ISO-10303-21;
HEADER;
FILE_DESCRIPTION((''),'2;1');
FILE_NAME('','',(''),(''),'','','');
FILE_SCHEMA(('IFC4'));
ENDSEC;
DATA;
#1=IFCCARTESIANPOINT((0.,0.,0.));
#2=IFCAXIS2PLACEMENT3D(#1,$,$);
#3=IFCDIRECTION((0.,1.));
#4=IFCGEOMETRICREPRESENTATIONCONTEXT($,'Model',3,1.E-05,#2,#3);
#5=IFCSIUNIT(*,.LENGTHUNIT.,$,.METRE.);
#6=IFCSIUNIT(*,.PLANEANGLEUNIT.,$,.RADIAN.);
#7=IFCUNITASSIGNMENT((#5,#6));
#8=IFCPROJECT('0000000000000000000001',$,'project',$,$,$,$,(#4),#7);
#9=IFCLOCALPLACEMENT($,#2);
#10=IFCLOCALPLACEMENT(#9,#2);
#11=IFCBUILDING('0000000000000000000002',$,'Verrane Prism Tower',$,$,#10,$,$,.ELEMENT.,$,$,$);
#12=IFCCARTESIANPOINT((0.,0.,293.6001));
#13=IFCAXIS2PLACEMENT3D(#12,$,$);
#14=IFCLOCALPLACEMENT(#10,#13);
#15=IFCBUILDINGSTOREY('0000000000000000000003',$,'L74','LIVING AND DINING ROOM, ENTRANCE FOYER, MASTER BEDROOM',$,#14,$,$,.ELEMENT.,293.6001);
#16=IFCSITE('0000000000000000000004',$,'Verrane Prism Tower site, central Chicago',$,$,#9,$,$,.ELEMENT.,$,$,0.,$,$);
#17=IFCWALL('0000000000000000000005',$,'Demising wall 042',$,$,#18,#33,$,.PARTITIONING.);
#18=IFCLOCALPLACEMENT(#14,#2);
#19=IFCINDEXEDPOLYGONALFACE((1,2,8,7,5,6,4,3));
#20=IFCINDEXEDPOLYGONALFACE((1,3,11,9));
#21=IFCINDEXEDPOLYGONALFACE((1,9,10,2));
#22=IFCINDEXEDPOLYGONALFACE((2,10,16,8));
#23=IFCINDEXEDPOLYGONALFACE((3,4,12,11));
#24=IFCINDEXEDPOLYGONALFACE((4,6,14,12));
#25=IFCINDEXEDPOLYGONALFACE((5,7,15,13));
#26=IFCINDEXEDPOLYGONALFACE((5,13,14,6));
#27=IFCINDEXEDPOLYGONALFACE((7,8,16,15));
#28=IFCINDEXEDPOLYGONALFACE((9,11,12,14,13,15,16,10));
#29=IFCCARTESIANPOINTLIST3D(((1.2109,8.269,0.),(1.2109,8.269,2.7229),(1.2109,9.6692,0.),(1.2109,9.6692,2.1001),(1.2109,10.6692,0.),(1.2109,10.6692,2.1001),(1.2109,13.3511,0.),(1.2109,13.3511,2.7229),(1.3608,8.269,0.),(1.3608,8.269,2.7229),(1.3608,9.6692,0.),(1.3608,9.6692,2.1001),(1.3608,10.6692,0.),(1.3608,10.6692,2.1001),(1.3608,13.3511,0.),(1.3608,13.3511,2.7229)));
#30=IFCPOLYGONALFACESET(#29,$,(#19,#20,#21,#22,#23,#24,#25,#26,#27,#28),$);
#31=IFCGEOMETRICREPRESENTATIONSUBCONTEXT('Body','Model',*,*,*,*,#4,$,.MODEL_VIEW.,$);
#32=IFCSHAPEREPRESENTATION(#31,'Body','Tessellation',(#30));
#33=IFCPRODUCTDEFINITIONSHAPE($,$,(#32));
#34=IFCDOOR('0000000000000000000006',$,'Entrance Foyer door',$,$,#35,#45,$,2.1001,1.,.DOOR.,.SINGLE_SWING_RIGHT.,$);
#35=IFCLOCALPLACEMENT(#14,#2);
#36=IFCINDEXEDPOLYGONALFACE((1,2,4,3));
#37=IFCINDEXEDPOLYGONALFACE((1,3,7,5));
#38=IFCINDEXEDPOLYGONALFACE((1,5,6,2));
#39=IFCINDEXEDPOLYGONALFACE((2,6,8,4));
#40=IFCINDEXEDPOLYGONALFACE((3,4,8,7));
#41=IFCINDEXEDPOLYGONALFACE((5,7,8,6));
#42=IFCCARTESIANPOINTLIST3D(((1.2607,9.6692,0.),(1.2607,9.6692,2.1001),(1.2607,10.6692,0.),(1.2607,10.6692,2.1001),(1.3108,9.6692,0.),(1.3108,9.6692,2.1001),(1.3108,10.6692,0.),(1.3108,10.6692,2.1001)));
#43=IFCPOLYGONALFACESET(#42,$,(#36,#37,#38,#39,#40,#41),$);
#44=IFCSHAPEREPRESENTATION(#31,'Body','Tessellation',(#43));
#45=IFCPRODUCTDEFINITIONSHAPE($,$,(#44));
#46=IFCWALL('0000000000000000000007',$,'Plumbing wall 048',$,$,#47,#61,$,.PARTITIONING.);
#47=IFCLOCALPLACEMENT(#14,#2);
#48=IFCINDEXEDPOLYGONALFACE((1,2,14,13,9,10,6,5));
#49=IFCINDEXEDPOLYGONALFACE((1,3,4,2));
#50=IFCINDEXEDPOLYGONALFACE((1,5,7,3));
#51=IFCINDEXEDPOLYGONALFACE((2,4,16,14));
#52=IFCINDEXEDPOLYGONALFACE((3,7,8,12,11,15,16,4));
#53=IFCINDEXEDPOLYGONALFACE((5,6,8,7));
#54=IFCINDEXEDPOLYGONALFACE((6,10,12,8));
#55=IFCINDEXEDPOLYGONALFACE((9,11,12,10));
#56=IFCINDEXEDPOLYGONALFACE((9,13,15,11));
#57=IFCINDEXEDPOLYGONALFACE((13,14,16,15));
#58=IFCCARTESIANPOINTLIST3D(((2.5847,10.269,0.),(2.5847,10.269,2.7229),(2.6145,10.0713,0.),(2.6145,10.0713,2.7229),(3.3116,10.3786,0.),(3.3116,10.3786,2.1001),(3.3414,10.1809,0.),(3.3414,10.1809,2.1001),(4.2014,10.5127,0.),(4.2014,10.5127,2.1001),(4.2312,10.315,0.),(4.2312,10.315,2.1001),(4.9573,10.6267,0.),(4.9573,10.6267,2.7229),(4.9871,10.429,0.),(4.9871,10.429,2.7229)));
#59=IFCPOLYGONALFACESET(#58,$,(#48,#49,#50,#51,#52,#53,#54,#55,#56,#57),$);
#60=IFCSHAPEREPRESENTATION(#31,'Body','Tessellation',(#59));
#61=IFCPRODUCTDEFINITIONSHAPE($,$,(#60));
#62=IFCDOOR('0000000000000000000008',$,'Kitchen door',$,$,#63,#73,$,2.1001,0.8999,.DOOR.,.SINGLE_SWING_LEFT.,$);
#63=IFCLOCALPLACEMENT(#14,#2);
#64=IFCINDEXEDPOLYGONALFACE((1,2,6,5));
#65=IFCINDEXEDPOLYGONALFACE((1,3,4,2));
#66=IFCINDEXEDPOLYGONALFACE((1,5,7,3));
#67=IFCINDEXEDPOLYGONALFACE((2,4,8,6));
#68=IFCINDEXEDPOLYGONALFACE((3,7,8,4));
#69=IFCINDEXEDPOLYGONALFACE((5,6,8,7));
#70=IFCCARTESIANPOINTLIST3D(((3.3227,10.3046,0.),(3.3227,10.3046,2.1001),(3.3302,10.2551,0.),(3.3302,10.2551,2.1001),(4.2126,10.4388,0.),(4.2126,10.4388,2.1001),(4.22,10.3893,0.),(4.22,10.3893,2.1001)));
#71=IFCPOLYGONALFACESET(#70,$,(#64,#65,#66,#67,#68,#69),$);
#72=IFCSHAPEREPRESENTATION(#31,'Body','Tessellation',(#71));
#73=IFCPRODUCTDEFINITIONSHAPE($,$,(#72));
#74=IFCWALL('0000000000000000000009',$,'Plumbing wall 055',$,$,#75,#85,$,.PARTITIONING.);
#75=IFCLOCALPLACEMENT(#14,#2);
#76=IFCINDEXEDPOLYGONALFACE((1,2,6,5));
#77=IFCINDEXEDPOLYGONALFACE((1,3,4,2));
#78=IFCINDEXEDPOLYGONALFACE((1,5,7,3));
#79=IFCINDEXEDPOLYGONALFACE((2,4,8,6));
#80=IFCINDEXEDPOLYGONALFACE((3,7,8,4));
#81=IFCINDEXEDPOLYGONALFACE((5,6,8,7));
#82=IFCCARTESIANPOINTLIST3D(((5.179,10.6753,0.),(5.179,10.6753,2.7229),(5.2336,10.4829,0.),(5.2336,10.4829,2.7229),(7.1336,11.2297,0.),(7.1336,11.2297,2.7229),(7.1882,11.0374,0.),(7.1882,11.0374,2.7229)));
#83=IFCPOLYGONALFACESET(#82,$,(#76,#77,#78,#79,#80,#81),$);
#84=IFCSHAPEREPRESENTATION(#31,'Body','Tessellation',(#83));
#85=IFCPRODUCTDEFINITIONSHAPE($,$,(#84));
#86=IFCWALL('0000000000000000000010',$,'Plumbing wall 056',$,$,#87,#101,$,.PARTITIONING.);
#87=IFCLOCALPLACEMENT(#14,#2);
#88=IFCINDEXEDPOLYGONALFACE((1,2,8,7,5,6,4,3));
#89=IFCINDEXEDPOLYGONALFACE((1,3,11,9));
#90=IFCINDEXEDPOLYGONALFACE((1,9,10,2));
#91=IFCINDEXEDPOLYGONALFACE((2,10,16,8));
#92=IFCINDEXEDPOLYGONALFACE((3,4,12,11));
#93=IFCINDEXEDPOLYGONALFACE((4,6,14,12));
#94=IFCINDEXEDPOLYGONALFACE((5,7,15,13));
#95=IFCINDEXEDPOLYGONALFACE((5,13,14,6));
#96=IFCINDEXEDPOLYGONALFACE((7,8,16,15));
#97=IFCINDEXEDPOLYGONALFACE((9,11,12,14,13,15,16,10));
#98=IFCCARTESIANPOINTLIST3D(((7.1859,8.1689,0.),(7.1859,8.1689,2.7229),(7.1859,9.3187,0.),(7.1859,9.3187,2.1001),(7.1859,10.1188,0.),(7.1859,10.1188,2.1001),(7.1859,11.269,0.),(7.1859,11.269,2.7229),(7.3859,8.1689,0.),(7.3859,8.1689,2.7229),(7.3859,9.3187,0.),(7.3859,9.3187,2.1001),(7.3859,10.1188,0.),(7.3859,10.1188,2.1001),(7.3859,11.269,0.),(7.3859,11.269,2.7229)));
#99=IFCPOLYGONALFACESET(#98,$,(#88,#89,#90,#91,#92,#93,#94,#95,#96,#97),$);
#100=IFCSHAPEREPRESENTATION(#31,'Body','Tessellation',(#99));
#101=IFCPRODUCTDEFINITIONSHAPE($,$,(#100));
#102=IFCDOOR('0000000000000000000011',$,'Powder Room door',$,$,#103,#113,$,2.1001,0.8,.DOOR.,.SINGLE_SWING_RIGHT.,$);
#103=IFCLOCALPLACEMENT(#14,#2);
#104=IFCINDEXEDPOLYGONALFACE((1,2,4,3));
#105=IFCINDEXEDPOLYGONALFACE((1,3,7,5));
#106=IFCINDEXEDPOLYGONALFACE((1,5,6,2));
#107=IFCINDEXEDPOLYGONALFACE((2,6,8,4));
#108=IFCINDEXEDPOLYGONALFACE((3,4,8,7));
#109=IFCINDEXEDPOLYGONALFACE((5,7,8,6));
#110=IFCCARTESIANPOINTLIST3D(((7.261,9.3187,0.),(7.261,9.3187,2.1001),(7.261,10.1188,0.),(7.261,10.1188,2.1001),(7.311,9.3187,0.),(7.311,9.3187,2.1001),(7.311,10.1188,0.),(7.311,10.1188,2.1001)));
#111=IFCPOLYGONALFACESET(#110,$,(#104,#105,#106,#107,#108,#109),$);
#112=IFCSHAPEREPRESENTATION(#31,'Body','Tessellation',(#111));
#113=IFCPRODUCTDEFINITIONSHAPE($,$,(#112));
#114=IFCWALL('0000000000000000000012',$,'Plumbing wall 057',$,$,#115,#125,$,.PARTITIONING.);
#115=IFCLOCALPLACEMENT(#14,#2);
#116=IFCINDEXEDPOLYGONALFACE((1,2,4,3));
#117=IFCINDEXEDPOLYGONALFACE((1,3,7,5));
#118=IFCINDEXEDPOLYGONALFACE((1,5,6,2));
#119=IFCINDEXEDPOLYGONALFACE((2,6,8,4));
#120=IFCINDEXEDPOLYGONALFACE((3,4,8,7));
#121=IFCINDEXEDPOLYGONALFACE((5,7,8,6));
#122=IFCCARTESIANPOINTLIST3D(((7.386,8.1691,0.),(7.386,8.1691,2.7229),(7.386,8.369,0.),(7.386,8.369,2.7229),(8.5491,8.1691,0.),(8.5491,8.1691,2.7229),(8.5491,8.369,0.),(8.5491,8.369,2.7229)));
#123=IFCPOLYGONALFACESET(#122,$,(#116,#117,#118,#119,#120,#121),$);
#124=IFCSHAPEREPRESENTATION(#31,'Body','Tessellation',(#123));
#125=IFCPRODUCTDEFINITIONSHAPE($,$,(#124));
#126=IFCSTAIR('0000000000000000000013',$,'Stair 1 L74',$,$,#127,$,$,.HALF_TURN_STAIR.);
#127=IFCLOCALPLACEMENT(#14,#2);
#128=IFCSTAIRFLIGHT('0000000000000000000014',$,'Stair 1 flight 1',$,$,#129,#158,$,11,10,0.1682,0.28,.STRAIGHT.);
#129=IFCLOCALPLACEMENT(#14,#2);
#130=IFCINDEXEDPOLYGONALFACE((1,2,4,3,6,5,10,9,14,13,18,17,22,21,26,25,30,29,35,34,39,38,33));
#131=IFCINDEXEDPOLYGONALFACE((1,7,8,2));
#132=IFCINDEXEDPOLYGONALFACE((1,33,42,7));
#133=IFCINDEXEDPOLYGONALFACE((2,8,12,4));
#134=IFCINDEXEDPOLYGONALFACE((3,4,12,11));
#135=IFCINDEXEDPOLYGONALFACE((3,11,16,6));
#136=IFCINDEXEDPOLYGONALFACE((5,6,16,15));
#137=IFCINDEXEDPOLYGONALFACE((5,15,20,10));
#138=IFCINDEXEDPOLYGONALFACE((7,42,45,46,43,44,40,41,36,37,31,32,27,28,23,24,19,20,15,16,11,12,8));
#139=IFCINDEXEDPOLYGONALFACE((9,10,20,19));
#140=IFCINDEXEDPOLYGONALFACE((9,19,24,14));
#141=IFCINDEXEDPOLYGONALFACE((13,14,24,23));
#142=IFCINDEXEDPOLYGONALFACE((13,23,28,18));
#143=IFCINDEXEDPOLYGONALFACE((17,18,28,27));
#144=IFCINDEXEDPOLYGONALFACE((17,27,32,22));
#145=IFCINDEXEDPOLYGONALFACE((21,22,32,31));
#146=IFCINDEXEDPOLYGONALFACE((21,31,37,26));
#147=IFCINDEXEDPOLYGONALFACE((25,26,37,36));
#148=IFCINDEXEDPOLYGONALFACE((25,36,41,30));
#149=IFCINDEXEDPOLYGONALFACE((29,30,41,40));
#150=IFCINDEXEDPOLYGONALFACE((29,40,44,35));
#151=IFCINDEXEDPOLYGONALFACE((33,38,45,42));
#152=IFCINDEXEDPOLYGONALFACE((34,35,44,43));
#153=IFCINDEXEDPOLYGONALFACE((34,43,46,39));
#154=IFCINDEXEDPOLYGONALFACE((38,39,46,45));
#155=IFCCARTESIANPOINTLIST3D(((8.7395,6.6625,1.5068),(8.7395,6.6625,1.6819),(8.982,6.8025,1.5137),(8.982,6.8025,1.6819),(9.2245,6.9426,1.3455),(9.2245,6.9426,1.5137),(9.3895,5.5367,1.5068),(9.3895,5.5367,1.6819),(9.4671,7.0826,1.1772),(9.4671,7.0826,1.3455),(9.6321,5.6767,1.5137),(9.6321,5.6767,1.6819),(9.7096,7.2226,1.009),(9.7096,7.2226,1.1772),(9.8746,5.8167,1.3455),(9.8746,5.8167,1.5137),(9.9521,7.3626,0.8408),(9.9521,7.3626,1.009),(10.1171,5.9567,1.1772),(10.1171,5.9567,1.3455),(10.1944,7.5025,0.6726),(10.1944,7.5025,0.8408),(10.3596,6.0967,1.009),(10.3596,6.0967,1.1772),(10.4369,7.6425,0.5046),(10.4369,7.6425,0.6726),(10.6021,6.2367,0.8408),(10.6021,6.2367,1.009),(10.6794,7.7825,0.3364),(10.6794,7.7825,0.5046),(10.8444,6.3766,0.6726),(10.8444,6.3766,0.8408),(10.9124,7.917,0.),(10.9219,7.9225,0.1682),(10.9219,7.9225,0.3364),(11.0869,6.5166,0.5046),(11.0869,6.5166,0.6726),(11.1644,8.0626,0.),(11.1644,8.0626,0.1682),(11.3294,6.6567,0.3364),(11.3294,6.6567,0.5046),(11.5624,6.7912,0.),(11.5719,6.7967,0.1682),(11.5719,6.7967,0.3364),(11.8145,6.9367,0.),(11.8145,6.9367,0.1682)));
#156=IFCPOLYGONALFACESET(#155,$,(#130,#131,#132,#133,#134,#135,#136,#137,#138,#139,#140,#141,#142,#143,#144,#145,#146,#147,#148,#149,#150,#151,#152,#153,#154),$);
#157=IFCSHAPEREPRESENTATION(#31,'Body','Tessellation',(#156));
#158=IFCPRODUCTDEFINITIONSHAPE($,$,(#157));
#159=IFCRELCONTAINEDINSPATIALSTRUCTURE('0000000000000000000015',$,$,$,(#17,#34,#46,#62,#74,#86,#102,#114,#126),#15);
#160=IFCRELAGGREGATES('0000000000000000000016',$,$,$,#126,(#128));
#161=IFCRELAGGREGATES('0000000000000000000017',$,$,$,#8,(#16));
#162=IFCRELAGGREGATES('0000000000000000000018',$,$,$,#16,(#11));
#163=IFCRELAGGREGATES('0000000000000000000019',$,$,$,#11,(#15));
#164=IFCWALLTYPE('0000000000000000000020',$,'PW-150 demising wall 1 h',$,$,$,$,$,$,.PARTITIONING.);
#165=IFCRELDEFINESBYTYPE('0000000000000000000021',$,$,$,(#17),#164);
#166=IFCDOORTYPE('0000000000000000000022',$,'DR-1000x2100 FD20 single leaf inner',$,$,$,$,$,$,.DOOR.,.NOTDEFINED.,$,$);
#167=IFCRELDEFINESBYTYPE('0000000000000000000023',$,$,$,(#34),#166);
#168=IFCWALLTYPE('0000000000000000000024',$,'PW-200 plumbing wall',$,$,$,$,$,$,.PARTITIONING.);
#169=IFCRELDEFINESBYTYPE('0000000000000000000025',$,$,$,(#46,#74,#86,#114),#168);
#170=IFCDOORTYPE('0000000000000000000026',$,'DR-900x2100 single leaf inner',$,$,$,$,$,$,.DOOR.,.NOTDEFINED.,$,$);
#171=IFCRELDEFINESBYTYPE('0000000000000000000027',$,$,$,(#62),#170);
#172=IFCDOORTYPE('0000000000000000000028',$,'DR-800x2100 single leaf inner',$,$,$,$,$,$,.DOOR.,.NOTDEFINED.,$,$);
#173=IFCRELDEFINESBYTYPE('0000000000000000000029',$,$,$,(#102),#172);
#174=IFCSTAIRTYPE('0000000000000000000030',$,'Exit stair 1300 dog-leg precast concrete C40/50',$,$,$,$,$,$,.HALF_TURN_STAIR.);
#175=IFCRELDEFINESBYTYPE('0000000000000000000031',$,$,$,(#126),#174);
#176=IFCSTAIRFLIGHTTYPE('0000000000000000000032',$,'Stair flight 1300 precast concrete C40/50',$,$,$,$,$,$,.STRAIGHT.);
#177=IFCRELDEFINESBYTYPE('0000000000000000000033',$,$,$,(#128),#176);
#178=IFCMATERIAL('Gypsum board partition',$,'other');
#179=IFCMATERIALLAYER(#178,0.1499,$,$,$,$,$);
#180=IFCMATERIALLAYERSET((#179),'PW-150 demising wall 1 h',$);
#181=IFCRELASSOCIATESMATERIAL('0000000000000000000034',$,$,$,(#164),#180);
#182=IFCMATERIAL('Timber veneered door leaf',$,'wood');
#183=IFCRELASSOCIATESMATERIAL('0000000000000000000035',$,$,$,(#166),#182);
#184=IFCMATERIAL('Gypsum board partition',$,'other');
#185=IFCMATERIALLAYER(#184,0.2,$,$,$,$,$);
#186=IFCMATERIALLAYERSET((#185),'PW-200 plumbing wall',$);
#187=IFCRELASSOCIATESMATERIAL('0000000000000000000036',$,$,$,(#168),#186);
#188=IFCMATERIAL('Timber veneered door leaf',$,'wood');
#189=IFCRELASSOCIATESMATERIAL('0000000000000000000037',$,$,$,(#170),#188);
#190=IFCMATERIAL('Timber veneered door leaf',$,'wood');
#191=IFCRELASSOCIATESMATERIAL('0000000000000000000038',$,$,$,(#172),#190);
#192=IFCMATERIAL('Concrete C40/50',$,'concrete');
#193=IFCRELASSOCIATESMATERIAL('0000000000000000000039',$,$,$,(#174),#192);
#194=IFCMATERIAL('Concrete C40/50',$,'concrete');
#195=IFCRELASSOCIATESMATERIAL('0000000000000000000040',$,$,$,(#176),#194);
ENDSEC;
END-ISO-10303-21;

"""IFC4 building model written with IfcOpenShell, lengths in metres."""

from ifc_helpers import new_model, si_unit, direction, frame, frame_2d, origin, place, context, subcontext, project, spatial, polyline, rectangle, outline, extrude, material, layer, layer_set, type_object, element, fill, aggregate, save


model = new_model("IFC4")

# Units and contexts
model_context = context("Model", 3, precision=1e-05, world=origin(), true_north=direction((0.0, 1.0)))
body_context = subcontext(model_context, "Body", "Model", "MODEL_VIEW")
ifc_project = project(units=[si_unit("LENGTHUNIT", "METRE"), si_unit("PLANEANGLEUNIT", "RADIAN")], contexts=[model_context])

# Site, building, storey
site_placement = place(None, origin())
site = spatial("IfcSite", under=ifc_project, at=site_placement, Name="Verrane Prism Tower site, central Chicago", CompositionType="ELEMENT", RefElevation=0.0)
building_placement = place(site_placement, origin())
building = spatial("IfcBuilding", under=site, at=building_placement, Name="Verrane Prism Tower", CompositionType="ELEMENT")
storey_placement = place(building_placement, frame((0.0, 0.0, 293.6001)))
storey = spatial("IfcBuildingStorey", under=building, at=storey_placement, Name="L74", Description="LIVING AND DINING ROOM, ENTRANCE FOYER, MASTER BEDROOM", CompositionType="ELEMENT", Elevation=293.6001)

# Walls, openings, doors
ifc_material_1 = material(Name="Gypsum board partition", Category="other")
ifc_layer_1 = layer(ifc_material_1, 0.1499)
ifc_layer_set_1 = layer_set([ifc_layer_1], Name="PW-150 demising wall 1 h")
wall_type_1 = type_object("IfcWallType", Name="PW-150 demising wall 1 h", PredefinedType="PARTITIONING", material=ifc_layer_set_1)
wall_1_placement = place(storey_placement, frame((1.2859, 13.3511, 0.0), z_axis=(0.0, 0.0, 1.0), x_axis=(0.0, -1.0, 0.0)))
wall_1 = element("IfcWall", 1, at=wall_1_placement, inside=storey, type_object=wall_type_1, Name="Demising wall 042", PredefinedType="PARTITIONING", context=body_context, shape_type="SweptSolid", body=[
    extrude(rectangle(XDim=5.082, YDim=0.1499, at=frame_2d((2.541, 0.0))), origin(), (0.0, 0.0, 1.0), 2.7229),
])
opening_1_placement = place(wall_1_placement, frame((2.6819, 0.0, 0.0)))
opening_1 = element("IfcOpeningElement", 2, at=opening_1_placement, cuts=wall_1, PredefinedType="OPENING", context=body_context, shape_type="SweptSolid", body=[
    extrude(rectangle(XDim=1.0, YDim=2.1001, at=frame_2d((0.5, 1.05))), frame((0.0, 0.085, 0.0), z_axis=(0.0, -1.0, 0.0), x_axis=(1.0, 0.0, 0.0)), (0.0, 0.0, 1.0), 0.1699),
])
ifc_material_2 = material(Name="Timber veneered door leaf", Category="wood")
door_type_1 = type_object("IfcDoorType", Name="DR-1000x2100 FD20 single leaf inner", OperationType="NOTDEFINED", PredefinedType="DOOR", material=ifc_material_2)
door_1_placement = place(opening_1_placement, origin())
door_1 = element("IfcDoor", 3, at=door_1_placement, inside=storey, type_object=door_type_1, Name="Entrance Foyer door", OperationType="SINGLE_SWING_RIGHT", OverallHeight=2.1001, OverallWidth=1.0, PredefinedType="DOOR", context=body_context, shape_type="SweptSolid", body=[
    extrude(rectangle(XDim=1.0, YDim=2.1001, at=frame_2d((0.5, 1.05))), frame((0.0, 0.0249, 0.0), z_axis=(0.0, -1.0, 0.0), x_axis=(1.0, 0.0, 0.0)), (0.0, 0.0, 1.0), 0.05),
])
fill(opening_1, door_1)
ifc_material_3 = material(Name="Gypsum board partition", Category="other")
ifc_layer_2 = layer(ifc_material_3, 0.2)
ifc_layer_set_2 = layer_set([ifc_layer_2], Name="PW-200 plumbing wall")
wall_type_2 = type_object("IfcWallType", Name="PW-200 plumbing wall", PredefinedType="PARTITIONING", material=ifc_layer_set_2)
wall_2_placement = place(storey_placement, frame((4.9722, 10.5278, 0.0), z_axis=(0.0, 0.0, 1.0), x_axis=(-0.988827, -0.149067, 0.0)))
wall_2 = element("IfcWall", 4, at=wall_2_placement, inside=storey, type_object=wall_type_2, Name="Plumbing wall 048", PredefinedType="PARTITIONING", context=body_context, shape_type="SweptSolid", body=[
    extrude(rectangle(XDim=2.3994, YDim=0.2, at=frame_2d((1.1997, 0.0))), origin(), (0.0, 0.0, 1.0), 2.7229),
])
opening_2_placement = place(wall_2_placement, frame((0.7644, 0.0, 0.0)))
opening_2 = element("IfcOpeningElement", 5, at=opening_2_placement, cuts=wall_2, PredefinedType="OPENING", context=body_context, shape_type="SweptSolid", body=[
    extrude(rectangle(XDim=0.8999, YDim=2.1001, at=frame_2d((0.45, 1.05))), frame((0.0, 0.1099, 0.0), z_axis=(0.0, -1.0, 0.0), x_axis=(1.0, 0.0, 0.0)), (0.0, 0.0, 1.0), 0.22),
])
ifc_material_4 = material(Name="Timber veneered door leaf", Category="wood")
door_type_2 = type_object("IfcDoorType", Name="DR-900x2100 single leaf inner", OperationType="NOTDEFINED", PredefinedType="DOOR", material=ifc_material_4)
door_2_placement = place(opening_2_placement, origin())
door_2 = element("IfcDoor", 6, at=door_2_placement, inside=storey, type_object=door_type_2, Name="Kitchen door", OperationType="SINGLE_SWING_LEFT", OverallHeight=2.1001, OverallWidth=0.8999, PredefinedType="DOOR", context=body_context, shape_type="SweptSolid", body=[
    extrude(rectangle(XDim=0.8999, YDim=2.1001, at=frame_2d((0.45, 1.05))), frame((0.0, 0.0249, 0.0), z_axis=(0.0, -1.0, 0.0), x_axis=(1.0, 0.0, 0.0)), (0.0, 0.0, 1.0), 0.05),
])
fill(opening_2, door_2)

# Wall
wall_3_placement = place(storey_placement, frame((5.2063, 10.5791, 0.0), z_axis=(0.0, 0.0, 1.0), x_axis=(0.962044, 0.272895, 0.0)))
element("IfcWall", 7, at=wall_3_placement, inside=storey, type_object=wall_type_2, Name="Plumbing wall 055", PredefinedType="PARTITIONING", context=body_context, shape_type="SweptSolid", body=[
    extrude(rectangle(XDim=2.0317, YDim=0.2, at=frame_2d((1.0159, 0.0))), origin(), (0.0, 0.0, 1.0), 2.7229),
])

# Wall, opening, door
wall_4_placement = place(storey_placement, frame((7.2859, 8.1689, 0.0), z_axis=(0.0, 0.0, 1.0), x_axis=(0.0, 1.0, 0.0)))
wall_4 = element("IfcWall", 8, at=wall_4_placement, inside=storey, type_object=wall_type_2, Name="Plumbing wall 056", PredefinedType="PARTITIONING", context=body_context, shape_type="SweptSolid", body=[
    extrude(rectangle(XDim=3.1001, YDim=0.2, at=frame_2d((1.55, 0.0))), origin(), (0.0, 0.0, 1.0), 2.7229),
])
opening_3_placement = place(wall_4_placement, frame((1.1499, 0.0, 0.0)))
opening_3 = element("IfcOpeningElement", 9, at=opening_3_placement, cuts=wall_4, PredefinedType="OPENING", context=body_context, shape_type="SweptSolid", body=[
    extrude(rectangle(XDim=0.8, YDim=2.1001, at=frame_2d((0.3999, 1.05))), frame((0.0, 0.1099, 0.0), z_axis=(0.0, -1.0, 0.0), x_axis=(1.0, 0.0, 0.0)), (0.0, 0.0, 1.0), 0.22),
])
ifc_material_5 = material(Name="Timber veneered door leaf", Category="wood")
door_type_3 = type_object("IfcDoorType", Name="DR-800x2100 single leaf inner", OperationType="NOTDEFINED", PredefinedType="DOOR", material=ifc_material_5)
door_3_placement = place(opening_3_placement, origin())
door_3 = element("IfcDoor", 10, at=door_3_placement, inside=storey, type_object=door_type_3, Name="Powder Room door", OperationType="SINGLE_SWING_RIGHT", OverallHeight=2.1001, OverallWidth=0.8, PredefinedType="DOOR", context=body_context, shape_type="SweptSolid", body=[
    extrude(rectangle(XDim=0.8, YDim=2.1001, at=frame_2d((0.3999, 1.05))), frame((0.0, 0.0249, 0.0), z_axis=(0.0, -1.0, 0.0), x_axis=(1.0, 0.0, 0.0)), (0.0, 0.0, 1.0), 0.05),
])
fill(opening_3, door_3)

# Wall
wall_5_placement = place(storey_placement, frame((7.386, 8.269, 0.0), z_axis=(0.0, 0.0, 1.0), x_axis=(1.0, 0.0, 0.0)))
element("IfcWall", 11, at=wall_5_placement, inside=storey, type_object=wall_type_2, Name="Plumbing wall 057", PredefinedType="PARTITIONING", context=body_context, shape_type="SweptSolid", body=[
    extrude(rectangle(XDim=1.1631, YDim=0.2, at=frame_2d((0.5815, 0.0))), origin(), (0.0, 0.0, 1.0), 2.7229),
])

# Stair, stair flight
ifc_material_6 = material(Name="Concrete C40/50", Category="concrete")
stair_type = type_object("IfcStairType", Name="Exit stair 1300 dog-leg precast concrete C40/50", PredefinedType="HALF_TURN_STAIR", material=ifc_material_6)
stair_placement = place(storey_placement, origin())
stair = element("IfcStair", 12, at=stair_placement, inside=storey, type_object=stair_type, Name="Stair 1 L74", PredefinedType="HALF_TURN_STAIR")
ifc_material_7 = material(Name="Concrete C40/50", Category="concrete")
stair_flight_type = type_object("IfcStairFlightType", Name="Stair flight 1300 precast concrete C40/50", PredefinedType="STRAIGHT", material=ifc_material_7)
stair_flight_placement = place(storey_placement, frame((11.4895, 7.4995, 0.0), z_axis=(0.0, 0.0, 1.0), x_axis=(-0.866025, -0.5, 0.0)))
stair_flight = element("IfcStairFlight", 13, at=stair_flight_placement, type_object=stair_flight_type, Name="Stair 1 flight 1", NumberOfRisers=11, NumberOfTreads=10, PredefinedType="STRAIGHT", RiserHeight=0.1682, TreadLength=0.28, context=body_context, shape_type="SweptSolid", body=[
    extrude(outline(polyline([(0.0, 0.0), (0.0, 0.1682), (0.28, 0.1682), (0.28, 0.3364), (0.5601, 0.3364), (0.5601, 0.5046), (0.8401, 0.5046), (0.8401, 0.6726), (1.1201, 0.6726), (1.1201, 0.8408), (1.3999, 0.8408), (1.3999, 1.009), (1.6799, 1.009), (1.6799, 1.1772), (1.96, 1.1772), (1.96, 1.3455), (2.24, 1.3455), (2.24, 1.5137), (2.52, 1.5137), (2.52, 1.6819), (2.8, 1.6819), (2.8, 1.8501), (2.8, 1.5068), (0.291, 0.0), (0.0, 0.0)])), frame((0.0, 0.6499, 0.0), z_axis=(0.0, -1.0, 0.0), x_axis=(1.0, 0.0, 0.0)), (0.0, 0.0, 1.0), 1.3),
])
aggregate(stair, [stair_flight])

save(model, "model.ifc")
